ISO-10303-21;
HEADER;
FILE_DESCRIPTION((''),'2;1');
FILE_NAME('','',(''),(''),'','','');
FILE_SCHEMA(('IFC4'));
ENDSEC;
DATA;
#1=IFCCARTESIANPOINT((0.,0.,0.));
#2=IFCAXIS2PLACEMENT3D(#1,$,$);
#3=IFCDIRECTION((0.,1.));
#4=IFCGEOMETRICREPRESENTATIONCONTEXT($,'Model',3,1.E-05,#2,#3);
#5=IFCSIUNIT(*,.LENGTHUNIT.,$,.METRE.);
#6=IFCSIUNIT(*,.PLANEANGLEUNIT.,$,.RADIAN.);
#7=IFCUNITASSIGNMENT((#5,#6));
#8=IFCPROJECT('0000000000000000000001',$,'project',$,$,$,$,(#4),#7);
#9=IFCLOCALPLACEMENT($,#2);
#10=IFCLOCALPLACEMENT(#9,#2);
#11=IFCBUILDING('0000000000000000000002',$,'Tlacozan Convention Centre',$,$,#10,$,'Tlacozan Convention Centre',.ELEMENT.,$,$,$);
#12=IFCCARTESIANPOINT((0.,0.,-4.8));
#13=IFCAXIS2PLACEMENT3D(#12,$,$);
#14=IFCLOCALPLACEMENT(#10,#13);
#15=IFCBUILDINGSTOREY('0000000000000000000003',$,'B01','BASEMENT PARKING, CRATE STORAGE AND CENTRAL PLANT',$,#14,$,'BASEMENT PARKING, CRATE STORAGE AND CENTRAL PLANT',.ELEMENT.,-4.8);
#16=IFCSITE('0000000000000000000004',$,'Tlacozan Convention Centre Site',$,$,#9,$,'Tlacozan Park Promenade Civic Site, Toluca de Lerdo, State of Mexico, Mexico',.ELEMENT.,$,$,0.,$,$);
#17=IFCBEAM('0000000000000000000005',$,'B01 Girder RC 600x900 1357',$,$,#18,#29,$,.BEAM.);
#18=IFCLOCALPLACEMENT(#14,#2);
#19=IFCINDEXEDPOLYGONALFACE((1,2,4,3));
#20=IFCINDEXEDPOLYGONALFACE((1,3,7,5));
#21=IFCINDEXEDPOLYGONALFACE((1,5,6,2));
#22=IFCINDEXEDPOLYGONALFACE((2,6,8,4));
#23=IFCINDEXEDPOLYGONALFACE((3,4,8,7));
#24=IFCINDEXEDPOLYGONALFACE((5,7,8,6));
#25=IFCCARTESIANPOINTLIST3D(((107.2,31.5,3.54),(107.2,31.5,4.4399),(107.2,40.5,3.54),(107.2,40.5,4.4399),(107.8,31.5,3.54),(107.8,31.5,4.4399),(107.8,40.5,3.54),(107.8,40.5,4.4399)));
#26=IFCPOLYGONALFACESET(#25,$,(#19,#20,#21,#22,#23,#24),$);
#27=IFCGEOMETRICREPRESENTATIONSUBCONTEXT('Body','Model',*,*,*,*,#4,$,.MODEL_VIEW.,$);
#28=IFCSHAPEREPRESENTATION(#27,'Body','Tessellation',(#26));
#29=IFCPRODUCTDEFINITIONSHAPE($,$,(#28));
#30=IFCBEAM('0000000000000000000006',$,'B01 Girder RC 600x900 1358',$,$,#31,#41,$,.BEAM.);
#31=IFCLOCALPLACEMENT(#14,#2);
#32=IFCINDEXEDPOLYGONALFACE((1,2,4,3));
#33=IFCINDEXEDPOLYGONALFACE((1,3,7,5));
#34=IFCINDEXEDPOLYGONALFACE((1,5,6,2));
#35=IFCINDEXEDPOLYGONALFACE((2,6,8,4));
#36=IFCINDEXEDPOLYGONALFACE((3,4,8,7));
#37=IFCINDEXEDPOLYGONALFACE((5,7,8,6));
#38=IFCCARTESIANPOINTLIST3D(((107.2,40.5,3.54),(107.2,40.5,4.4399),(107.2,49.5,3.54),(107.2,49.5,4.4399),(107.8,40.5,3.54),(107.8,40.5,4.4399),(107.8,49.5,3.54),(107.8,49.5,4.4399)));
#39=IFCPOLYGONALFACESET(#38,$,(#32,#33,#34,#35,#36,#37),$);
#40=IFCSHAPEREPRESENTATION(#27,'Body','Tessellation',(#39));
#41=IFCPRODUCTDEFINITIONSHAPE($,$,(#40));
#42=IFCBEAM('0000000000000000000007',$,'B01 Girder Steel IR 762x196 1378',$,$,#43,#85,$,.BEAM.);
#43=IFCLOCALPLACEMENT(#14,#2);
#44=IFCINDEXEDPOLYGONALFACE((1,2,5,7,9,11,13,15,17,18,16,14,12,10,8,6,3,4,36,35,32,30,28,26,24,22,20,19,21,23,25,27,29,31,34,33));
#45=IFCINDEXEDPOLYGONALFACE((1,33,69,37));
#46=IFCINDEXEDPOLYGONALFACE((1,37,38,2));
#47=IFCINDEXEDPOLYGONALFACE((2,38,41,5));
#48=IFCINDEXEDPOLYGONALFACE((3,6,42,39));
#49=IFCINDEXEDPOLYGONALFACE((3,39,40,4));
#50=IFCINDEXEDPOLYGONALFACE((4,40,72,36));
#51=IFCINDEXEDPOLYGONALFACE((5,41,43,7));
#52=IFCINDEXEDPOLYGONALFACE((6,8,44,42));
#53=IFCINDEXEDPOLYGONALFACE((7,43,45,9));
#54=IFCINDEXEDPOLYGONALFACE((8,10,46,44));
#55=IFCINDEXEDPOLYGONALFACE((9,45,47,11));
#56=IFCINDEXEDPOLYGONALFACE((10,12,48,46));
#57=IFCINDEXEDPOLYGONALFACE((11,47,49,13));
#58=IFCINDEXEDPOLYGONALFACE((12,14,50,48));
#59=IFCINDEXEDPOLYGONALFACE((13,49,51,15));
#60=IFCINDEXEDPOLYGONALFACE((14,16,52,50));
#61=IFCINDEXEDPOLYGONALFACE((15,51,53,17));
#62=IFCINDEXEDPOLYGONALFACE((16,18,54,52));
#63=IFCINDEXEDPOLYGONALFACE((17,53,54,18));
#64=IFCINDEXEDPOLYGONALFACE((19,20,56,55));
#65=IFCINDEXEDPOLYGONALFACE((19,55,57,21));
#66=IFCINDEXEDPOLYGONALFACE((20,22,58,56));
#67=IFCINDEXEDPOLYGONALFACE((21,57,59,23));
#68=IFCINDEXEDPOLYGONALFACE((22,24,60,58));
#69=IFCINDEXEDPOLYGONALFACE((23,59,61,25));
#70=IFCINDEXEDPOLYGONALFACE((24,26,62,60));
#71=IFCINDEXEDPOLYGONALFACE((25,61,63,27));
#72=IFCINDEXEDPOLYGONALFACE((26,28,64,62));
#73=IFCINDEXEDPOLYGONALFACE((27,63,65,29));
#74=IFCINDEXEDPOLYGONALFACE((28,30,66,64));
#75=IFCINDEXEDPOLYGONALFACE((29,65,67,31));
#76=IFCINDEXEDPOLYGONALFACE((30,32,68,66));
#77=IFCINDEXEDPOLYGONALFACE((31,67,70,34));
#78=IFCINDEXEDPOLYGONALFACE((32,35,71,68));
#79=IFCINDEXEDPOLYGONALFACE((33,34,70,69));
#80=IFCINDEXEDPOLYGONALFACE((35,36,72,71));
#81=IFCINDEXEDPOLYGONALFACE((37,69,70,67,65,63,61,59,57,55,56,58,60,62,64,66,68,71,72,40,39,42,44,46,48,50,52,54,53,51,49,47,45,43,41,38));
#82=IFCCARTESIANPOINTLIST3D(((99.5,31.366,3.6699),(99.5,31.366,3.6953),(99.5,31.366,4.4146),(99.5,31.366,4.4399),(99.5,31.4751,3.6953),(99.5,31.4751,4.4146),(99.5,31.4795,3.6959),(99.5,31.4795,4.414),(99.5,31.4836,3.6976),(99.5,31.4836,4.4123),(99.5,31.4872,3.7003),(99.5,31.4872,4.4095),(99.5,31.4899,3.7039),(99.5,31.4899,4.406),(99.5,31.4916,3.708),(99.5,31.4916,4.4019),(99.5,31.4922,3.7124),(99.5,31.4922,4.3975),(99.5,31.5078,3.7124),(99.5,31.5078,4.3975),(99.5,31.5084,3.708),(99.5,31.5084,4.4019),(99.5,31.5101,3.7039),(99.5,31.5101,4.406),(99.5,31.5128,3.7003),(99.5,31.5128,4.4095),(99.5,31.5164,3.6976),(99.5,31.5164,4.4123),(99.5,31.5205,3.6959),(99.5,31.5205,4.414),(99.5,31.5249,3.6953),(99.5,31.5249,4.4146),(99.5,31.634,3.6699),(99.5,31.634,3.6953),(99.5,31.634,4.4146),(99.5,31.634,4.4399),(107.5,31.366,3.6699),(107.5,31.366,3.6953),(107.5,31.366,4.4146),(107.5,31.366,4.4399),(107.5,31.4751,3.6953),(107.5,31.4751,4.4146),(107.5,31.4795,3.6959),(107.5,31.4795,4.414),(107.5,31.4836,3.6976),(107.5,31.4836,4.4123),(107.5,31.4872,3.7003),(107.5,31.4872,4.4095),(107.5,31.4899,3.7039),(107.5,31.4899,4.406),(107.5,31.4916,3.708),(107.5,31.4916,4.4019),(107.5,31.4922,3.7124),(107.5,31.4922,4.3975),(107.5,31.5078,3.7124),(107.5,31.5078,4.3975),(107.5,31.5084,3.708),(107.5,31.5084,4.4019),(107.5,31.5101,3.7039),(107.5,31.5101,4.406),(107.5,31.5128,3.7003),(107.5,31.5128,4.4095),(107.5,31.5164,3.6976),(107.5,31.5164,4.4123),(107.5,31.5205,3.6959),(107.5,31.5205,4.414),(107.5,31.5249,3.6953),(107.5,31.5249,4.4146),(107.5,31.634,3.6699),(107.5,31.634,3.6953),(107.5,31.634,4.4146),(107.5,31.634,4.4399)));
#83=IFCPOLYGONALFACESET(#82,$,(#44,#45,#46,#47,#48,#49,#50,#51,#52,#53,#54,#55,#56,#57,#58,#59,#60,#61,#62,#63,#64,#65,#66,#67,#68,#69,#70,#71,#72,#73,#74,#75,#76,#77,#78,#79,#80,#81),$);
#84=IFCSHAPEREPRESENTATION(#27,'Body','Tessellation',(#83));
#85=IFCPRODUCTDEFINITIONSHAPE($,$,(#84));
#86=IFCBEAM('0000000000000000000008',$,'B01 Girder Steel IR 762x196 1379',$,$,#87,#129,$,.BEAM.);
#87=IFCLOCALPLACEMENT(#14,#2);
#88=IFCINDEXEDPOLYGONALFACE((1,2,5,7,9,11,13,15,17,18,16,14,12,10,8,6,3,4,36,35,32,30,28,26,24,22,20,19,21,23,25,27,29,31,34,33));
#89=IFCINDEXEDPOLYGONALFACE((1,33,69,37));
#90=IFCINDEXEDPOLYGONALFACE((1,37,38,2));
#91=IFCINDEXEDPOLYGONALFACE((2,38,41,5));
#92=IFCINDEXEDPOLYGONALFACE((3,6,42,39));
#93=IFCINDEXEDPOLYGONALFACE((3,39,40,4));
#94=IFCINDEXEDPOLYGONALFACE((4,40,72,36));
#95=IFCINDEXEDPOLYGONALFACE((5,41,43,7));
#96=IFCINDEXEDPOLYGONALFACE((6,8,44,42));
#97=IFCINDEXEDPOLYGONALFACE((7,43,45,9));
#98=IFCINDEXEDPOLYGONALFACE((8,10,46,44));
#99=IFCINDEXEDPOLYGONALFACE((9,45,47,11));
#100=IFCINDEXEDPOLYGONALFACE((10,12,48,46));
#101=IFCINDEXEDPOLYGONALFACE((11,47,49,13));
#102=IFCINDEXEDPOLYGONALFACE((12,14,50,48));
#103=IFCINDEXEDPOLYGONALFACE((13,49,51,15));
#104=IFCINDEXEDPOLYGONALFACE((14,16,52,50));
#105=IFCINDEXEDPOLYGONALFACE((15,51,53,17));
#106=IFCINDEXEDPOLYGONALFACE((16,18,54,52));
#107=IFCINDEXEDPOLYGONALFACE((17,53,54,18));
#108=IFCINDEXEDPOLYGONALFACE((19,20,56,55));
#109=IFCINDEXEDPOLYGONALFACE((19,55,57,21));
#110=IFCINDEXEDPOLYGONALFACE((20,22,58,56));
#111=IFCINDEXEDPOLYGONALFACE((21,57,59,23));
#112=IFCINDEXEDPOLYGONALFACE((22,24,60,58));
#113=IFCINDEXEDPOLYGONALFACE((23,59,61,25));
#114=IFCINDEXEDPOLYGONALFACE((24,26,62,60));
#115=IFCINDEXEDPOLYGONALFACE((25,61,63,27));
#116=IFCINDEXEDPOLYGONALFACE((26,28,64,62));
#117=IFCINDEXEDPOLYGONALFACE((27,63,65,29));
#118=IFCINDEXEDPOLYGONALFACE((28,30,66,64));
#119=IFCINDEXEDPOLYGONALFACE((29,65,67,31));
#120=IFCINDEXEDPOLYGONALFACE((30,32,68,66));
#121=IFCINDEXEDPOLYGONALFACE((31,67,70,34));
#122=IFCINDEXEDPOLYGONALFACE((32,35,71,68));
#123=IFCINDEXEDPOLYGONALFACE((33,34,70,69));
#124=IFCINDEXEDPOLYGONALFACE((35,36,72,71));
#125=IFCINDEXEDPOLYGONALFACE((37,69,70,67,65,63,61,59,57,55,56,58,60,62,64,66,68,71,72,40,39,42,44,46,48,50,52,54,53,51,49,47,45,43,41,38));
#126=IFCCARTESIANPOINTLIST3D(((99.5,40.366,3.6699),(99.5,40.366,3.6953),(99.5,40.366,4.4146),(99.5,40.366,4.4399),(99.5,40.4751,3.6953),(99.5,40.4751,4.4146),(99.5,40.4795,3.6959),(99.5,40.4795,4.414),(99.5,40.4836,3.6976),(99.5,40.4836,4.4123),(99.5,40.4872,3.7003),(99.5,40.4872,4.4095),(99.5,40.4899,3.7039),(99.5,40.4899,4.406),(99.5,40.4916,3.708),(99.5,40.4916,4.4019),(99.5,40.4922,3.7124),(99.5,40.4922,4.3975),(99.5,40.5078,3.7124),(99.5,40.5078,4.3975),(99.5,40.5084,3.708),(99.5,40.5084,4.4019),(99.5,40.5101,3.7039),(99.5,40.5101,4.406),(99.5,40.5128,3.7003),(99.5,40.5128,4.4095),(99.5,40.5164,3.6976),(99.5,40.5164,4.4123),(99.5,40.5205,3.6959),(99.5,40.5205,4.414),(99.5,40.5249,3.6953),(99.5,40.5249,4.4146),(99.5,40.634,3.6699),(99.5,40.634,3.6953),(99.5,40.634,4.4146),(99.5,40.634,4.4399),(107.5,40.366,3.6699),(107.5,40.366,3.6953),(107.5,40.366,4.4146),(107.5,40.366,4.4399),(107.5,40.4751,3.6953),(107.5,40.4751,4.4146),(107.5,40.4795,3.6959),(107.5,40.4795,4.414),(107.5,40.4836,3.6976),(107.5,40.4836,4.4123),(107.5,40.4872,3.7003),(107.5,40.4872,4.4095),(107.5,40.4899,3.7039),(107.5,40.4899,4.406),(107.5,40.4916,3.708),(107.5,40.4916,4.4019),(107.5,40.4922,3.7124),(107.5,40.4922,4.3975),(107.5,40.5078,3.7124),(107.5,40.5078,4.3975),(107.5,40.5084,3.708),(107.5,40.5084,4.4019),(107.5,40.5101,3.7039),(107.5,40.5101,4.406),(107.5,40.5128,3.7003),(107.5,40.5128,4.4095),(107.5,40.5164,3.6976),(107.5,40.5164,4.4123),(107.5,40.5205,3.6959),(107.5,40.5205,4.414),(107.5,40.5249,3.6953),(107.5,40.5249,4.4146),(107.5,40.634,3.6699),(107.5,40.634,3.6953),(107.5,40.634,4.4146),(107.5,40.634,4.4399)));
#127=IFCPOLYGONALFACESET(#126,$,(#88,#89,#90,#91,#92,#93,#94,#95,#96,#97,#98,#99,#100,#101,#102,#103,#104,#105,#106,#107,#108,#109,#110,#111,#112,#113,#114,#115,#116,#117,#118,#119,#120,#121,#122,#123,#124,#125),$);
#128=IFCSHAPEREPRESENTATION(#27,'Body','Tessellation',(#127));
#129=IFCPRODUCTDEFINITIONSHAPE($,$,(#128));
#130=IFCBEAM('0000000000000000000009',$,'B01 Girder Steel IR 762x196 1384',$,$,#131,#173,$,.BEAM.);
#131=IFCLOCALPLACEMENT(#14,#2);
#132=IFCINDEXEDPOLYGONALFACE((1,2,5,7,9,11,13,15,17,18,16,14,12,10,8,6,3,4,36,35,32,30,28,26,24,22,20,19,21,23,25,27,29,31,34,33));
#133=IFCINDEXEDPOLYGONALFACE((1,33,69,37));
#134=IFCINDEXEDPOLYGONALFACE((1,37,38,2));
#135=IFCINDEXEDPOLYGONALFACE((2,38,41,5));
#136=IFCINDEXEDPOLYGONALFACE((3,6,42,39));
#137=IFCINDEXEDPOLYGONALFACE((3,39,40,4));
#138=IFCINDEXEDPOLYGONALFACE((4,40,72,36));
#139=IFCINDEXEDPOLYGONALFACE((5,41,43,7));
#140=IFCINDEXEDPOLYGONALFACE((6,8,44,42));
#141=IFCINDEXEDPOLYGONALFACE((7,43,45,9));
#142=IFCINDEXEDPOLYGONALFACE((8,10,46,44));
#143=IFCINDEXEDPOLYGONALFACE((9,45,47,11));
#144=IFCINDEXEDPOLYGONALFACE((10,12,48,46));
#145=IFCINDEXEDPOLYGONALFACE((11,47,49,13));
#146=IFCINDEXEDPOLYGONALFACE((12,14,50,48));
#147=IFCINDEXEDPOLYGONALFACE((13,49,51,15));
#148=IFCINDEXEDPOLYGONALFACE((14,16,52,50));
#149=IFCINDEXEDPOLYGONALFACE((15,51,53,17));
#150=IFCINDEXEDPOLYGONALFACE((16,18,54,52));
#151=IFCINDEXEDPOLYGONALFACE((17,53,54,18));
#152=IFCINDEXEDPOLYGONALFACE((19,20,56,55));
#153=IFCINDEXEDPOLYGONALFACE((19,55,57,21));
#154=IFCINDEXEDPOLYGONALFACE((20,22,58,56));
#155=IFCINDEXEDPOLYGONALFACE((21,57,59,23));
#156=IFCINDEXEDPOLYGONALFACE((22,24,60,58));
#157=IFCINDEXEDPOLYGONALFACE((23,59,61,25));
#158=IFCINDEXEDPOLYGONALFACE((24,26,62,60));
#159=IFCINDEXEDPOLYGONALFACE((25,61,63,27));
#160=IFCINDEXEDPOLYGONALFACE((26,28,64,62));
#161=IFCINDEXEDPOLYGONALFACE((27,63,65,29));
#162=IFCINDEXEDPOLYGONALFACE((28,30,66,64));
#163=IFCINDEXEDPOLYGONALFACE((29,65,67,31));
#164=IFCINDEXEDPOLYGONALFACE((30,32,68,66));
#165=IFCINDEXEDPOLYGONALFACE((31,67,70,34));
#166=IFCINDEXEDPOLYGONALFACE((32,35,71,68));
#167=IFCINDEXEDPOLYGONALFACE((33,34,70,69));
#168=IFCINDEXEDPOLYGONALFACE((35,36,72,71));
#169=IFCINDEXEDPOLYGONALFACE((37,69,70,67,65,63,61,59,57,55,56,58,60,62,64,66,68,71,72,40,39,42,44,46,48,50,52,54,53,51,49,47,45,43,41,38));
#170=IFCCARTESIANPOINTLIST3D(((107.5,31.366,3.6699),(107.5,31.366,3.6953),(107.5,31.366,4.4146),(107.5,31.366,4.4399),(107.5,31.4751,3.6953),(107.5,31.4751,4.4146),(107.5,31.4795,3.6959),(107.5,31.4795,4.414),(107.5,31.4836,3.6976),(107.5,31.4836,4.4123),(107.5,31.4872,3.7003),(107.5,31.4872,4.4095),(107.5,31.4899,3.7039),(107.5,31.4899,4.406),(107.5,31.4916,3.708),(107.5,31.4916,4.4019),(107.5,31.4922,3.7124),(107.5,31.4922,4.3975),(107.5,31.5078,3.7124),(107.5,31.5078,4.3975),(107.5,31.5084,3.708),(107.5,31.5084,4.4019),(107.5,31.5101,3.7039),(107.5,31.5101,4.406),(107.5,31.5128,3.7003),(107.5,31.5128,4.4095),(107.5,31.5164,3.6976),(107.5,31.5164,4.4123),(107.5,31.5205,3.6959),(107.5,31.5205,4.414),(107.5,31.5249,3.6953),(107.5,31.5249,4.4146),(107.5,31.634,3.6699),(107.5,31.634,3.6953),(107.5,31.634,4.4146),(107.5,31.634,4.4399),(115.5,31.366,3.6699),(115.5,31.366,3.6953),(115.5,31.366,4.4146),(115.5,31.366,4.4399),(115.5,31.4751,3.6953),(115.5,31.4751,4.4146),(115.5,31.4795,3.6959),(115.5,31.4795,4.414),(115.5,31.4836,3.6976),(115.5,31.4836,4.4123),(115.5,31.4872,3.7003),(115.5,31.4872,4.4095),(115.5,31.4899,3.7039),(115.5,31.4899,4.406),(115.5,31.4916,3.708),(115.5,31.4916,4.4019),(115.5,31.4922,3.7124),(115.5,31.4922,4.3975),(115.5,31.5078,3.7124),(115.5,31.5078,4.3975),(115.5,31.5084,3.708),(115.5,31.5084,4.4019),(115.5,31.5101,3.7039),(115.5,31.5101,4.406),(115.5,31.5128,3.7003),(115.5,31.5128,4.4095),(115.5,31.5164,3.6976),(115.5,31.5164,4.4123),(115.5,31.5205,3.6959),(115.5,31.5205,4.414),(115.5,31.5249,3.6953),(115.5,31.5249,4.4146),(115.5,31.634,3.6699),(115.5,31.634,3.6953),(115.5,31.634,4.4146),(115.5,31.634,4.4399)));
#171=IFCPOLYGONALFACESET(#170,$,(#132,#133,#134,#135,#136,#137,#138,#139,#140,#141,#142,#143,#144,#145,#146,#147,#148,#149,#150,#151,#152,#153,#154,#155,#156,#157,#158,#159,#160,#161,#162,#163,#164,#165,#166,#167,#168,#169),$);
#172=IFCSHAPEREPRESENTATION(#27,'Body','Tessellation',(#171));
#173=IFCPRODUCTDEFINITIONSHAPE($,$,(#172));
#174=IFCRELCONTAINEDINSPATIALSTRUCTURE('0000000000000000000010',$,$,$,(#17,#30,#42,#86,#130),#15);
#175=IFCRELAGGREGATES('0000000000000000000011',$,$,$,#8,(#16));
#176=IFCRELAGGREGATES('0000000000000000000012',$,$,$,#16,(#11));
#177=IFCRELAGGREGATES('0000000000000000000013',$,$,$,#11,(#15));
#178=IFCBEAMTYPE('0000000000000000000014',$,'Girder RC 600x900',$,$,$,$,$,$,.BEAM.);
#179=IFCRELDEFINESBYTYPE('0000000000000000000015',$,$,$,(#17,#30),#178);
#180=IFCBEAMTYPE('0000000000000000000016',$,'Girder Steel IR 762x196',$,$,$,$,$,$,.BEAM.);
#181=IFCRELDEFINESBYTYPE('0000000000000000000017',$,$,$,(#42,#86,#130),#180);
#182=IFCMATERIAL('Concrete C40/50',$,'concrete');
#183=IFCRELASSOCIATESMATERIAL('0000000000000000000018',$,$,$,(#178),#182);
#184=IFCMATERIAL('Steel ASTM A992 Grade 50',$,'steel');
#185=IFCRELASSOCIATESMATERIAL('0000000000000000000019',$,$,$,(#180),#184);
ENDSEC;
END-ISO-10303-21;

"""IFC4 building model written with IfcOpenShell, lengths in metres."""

from ifc_helpers import new_model, si_unit, direction, frame, origin, origin_2d, place, context, subcontext, project, spatial, rectangle, i_section, extrude, material, material_profile, profile_set, type_object, element, save


model = new_model("IFC4")

# Units and contexts
model_context = context("Model", 3, precision=1e-05, world=origin(), true_north=direction((0.0, 1.0)))
body_context = subcontext(model_context, "Body", "Model", "MODEL_VIEW")
ifc_project = project(units=[si_unit("LENGTHUNIT", "METRE"), si_unit("PLANEANGLEUNIT", "RADIAN")], contexts=[model_context])

# Site, building, storey
site_placement = place(None, origin())
site = spatial("IfcSite", under=ifc_project, at=site_placement, Name="Tlacozan Convention Centre Site", LongName="Tlacozan Park Promenade Civic Site, Toluca de Lerdo, State of Mexico, Mexico", CompositionType="ELEMENT", RefElevation=0.0)
building_placement = place(site_placement, origin())
building = spatial("IfcBuilding", under=site, at=building_placement, Name="Tlacozan Convention Centre", LongName="Tlacozan Convention Centre", CompositionType="ELEMENT")
storey_placement = place(building_placement, frame((0.0, 0.0, -4.8)))
storey = spatial("IfcBuildingStorey", under=building, at=storey_placement, Name="B01", Description="BASEMENT PARKING, CRATE STORAGE AND CENTRAL PLANT", LongName="BASEMENT PARKING, CRATE STORAGE AND CENTRAL PLANT", CompositionType="ELEMENT", Elevation=-4.8)

# Shared definitions
ifc_material_1 = material(Name="Concrete C40/50", Category="concrete")

# Beams
ifc_material_profile_1 = material_profile(ifc_material_1, rectangle(XDim=0.6001, YDim=0.8999, at=origin_2d()), Name="RC 600x900")
ifc_profile_set_1 = profile_set([ifc_material_profile_1], Name="Concrete C40/50")
beam_type_1 = type_object("IfcBeamType", Name="Girder RC 600x900", PredefinedType="BEAM", material=ifc_profile_set_1)
for number, where, z_axis, x_axis, name in (
    (1, (107.5, 31.5, 3.99), (0.0, 1.0, 0.0), (-1.0, 0.0, 0.0), "B01 Girder RC 600x900 1357"),
    (2, (107.5, 40.5, 3.99), (0.0, 1.0, 0.0), (-1.0, 0.0, 0.0), "B01 Girder RC 600x900 1358"),
):
    element("IfcBeam", number, at=place(storey_placement, frame(where, z_axis=z_axis, x_axis=x_axis)), inside=storey, type_object=beam_type_1, Name=name, PredefinedType="BEAM", context=body_context, shape_type="SweptSolid", body=[
        extrude(rectangle(XDim=0.6001, YDim=0.8999, at=origin_2d()), origin(), (0.0, 0.0, 1.0), 9.0),
    ])
ifc_material_2 = material(Name="Steel ASTM A992 Grade 50", Category="steel")
ifc_material_profile_2 = material_profile(ifc_material_2, i_section(OverallWidth=0.2681, OverallDepth=0.77, WebThickness=0.0156, FlangeThickness=0.0254, FilletRadius=0.0171, at=origin_2d()), Name="IR 762x196.0")
ifc_profile_set_2 = profile_set([ifc_material_profile_2], Name="Steel ASTM A992 Grade 50")
beam_type_2 = type_object("IfcBeamType", Name="Girder Steel IR 762x196", PredefinedType="BEAM", material=ifc_profile_set_2)
for number, where, z_axis, x_axis, name in (
    (3, (99.5, 31.5, 4.0549), (1.0, 0.0, 0.0), (0.0, 1.0, 0.0), "B01 Girder Steel IR 762x196 1378"),
    (4, (99.5, 40.5, 4.0549), (1.0, 0.0, 0.0), (0.0, 1.0, 0.0), "B01 Girder Steel IR 762x196 1379"),
    (5, (107.5, 31.5, 4.0549), (1.0, 0.0, 0.0), (0.0, 1.0, 0.0), "B01 Girder Steel IR 762x196 1384"),
):
    element("IfcBeam", number, at=place(storey_placement, frame(where, z_axis=z_axis, x_axis=x_axis)), inside=storey, type_object=beam_type_2, Name=name, PredefinedType="BEAM", context=body_context, shape_type="SweptSolid", body=[
        extrude(i_section(OverallWidth=0.2681, OverallDepth=0.77, WebThickness=0.0156, FlangeThickness=0.0254, FilletRadius=0.0171, at=origin_2d()), origin(), (0.0, 0.0, 1.0), 8.0),
    ])

save(model, "model.ifc")
